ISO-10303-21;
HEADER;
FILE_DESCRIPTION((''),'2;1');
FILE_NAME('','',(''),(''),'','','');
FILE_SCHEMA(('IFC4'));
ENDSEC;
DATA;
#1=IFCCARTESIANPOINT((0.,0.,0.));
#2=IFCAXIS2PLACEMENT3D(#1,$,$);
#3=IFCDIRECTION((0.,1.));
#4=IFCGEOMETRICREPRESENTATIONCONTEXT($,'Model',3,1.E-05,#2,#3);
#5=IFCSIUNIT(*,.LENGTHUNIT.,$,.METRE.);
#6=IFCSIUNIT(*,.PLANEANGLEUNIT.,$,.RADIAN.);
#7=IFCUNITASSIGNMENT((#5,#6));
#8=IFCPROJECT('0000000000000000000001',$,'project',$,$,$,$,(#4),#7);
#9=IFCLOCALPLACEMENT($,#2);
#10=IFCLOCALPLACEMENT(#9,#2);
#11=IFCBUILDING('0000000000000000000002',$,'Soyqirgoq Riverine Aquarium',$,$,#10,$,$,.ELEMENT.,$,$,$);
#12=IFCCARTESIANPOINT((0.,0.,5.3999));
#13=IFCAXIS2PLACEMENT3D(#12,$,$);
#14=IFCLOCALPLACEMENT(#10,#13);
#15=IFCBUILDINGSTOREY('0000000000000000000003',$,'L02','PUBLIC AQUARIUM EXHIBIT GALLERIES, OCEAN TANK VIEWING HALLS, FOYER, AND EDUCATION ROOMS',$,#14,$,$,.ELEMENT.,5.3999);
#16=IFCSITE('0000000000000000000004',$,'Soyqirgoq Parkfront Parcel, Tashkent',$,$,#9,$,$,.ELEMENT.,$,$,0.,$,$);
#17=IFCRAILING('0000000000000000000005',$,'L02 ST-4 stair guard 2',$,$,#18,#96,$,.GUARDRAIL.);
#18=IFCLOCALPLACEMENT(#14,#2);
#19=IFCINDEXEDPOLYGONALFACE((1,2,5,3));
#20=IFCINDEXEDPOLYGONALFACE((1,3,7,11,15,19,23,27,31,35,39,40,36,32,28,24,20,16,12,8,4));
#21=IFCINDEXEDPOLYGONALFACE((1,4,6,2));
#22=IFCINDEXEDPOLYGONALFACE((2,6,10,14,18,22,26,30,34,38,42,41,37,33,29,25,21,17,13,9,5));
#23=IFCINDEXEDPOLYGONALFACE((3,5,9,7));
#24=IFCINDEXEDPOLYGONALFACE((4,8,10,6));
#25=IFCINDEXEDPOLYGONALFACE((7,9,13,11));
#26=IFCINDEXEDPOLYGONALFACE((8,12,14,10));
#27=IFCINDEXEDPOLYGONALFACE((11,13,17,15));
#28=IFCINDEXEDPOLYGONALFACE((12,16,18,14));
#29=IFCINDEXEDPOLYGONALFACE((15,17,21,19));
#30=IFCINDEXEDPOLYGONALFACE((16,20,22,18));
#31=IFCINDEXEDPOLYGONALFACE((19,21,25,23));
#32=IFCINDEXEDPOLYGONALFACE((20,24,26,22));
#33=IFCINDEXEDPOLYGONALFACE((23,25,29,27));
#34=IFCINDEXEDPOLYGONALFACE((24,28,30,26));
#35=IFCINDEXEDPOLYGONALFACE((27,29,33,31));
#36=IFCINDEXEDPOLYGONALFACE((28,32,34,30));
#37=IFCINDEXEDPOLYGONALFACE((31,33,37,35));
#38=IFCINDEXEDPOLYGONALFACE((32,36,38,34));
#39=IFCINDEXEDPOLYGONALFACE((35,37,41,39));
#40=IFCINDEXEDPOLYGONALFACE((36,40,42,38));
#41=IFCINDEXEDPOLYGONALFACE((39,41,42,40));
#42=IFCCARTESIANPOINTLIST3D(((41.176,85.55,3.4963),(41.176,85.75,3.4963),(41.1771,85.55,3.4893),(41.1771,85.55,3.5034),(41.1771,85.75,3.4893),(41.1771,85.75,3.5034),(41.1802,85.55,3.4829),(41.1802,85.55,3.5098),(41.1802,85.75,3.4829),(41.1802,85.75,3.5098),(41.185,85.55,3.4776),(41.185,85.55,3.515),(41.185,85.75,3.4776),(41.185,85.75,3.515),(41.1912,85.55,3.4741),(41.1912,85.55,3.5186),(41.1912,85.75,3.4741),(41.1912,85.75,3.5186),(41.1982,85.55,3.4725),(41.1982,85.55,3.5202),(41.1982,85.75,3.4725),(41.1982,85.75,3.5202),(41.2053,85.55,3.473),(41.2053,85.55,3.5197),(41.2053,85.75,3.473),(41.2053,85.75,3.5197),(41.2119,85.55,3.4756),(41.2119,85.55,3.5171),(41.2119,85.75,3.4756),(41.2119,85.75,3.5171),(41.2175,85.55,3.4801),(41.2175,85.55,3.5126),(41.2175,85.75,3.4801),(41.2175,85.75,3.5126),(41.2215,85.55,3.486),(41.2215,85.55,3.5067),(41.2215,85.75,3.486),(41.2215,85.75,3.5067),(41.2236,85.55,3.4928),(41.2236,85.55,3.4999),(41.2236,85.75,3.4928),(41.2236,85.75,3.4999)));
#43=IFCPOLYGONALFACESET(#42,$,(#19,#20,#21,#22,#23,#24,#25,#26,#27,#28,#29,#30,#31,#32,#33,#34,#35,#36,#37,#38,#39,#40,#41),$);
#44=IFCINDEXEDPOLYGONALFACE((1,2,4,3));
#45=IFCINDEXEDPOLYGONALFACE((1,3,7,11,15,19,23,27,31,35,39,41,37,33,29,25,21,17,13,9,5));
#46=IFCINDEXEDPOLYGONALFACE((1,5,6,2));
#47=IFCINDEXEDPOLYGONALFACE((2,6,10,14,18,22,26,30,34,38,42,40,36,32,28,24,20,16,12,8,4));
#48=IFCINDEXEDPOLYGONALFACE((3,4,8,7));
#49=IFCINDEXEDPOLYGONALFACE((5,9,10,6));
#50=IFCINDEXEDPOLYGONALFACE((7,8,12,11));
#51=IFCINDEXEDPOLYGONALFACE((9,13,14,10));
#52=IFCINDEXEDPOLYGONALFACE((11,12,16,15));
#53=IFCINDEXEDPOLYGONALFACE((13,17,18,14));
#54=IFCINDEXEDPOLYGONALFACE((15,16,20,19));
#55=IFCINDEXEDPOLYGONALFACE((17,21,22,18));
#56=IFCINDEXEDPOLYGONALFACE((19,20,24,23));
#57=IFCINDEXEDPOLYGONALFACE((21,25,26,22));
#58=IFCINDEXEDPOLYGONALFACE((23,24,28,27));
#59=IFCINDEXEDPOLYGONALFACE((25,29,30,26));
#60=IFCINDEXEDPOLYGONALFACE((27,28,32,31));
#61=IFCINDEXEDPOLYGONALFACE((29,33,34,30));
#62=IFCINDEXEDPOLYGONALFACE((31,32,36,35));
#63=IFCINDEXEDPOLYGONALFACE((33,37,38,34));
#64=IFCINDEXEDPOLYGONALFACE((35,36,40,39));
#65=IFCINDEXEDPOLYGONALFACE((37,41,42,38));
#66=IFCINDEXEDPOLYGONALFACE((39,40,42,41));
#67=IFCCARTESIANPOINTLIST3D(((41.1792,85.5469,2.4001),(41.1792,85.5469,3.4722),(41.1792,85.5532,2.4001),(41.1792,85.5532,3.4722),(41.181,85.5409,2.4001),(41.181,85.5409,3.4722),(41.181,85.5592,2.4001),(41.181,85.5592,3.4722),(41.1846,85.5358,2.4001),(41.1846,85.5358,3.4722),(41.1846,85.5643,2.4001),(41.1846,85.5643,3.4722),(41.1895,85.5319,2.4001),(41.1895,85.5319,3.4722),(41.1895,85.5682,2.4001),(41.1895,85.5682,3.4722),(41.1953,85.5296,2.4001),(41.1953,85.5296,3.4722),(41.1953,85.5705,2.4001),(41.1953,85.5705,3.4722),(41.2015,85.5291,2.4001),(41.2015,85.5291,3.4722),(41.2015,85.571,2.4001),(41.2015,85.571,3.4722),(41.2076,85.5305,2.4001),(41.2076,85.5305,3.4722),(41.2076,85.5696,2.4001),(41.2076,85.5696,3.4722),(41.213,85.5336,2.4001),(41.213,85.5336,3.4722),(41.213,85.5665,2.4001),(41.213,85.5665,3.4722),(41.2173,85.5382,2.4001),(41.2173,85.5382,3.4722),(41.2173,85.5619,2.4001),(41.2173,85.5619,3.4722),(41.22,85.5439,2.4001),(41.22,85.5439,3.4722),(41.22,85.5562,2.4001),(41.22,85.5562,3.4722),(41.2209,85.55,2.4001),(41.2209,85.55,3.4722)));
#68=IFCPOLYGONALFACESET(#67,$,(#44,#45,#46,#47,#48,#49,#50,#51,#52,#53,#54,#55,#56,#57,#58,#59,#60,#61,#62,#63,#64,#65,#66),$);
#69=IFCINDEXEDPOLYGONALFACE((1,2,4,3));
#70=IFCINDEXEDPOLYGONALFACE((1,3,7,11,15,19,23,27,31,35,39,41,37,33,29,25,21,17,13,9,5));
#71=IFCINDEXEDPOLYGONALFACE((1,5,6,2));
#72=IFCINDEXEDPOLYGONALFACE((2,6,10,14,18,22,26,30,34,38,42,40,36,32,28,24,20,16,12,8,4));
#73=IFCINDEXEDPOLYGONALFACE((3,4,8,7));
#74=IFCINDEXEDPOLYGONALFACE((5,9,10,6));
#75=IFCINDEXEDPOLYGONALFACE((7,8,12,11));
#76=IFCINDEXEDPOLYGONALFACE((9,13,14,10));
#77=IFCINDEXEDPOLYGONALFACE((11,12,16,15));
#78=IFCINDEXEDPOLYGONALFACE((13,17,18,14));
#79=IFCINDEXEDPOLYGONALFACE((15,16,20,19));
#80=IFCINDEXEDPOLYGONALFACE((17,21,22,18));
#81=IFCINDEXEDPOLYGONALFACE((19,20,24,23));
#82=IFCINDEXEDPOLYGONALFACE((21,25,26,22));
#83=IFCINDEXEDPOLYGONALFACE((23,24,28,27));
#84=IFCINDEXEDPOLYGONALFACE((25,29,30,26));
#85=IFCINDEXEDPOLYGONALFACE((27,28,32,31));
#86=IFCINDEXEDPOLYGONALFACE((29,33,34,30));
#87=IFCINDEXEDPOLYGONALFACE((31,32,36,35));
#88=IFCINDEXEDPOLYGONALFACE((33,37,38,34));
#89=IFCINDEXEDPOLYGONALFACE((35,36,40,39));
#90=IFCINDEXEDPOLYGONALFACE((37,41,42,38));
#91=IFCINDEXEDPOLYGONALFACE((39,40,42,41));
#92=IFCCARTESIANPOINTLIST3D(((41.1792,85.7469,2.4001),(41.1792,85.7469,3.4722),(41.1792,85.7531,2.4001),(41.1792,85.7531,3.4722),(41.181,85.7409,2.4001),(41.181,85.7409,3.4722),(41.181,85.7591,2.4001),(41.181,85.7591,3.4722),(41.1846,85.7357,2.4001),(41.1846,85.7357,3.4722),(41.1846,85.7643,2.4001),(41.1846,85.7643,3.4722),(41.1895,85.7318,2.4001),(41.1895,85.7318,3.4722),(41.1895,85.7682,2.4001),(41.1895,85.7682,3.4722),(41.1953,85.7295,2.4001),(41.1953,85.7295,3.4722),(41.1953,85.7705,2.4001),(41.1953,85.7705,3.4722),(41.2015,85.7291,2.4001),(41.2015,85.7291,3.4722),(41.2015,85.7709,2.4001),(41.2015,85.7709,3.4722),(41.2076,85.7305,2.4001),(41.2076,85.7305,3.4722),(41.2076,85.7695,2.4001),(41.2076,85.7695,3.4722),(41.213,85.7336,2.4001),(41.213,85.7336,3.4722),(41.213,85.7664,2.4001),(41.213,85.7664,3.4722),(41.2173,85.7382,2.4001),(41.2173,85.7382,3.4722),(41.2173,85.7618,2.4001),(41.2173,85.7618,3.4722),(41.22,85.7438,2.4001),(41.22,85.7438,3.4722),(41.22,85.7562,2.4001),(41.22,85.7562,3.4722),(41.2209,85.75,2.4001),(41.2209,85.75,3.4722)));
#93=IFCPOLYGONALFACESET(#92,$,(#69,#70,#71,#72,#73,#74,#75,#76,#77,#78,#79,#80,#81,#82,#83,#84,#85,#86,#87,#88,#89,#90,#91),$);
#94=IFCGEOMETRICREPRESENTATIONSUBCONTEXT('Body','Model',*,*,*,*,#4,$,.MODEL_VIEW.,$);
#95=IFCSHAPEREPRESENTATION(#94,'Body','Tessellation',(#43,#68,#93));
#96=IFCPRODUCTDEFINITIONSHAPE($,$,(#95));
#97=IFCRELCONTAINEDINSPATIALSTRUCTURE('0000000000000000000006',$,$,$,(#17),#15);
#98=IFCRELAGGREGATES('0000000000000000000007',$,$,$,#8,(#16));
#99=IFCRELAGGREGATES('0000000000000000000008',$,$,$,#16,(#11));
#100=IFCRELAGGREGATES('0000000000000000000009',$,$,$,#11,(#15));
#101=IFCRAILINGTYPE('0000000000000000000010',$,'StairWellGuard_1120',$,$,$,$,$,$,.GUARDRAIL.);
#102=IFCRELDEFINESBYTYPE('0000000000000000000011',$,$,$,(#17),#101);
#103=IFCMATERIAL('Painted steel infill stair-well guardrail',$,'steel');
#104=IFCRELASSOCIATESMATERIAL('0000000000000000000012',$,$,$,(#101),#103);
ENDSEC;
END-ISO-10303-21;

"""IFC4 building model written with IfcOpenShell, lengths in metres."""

from ifc_helpers import new_model, si_unit, direction, frame, origin, origin_2d, place, context, subcontext, project, spatial, circle, extrude, material, type_object, element, save


model = new_model("IFC4")

# Units and contexts
model_context = context("Model", 3, precision=1e-05, world=origin(), true_north=direction((0.0, 1.0)))
body_context = subcontext(model_context, "Body", "Model", "MODEL_VIEW")
ifc_project = project(units=[si_unit("LENGTHUNIT", "METRE"), si_unit("PLANEANGLEUNIT", "RADIAN")], contexts=[model_context])

# Site, building, storey
site_placement = place(None, origin())
site = spatial("IfcSite", under=ifc_project, at=site_placement, Name="Soyqirgoq Parkfront Parcel, Tashkent", CompositionType="ELEMENT", RefElevation=0.0)
building_placement = place(site_placement, origin())
building = spatial("IfcBuilding", under=site, at=building_placement, Name="Soyqirgoq Riverine Aquarium", CompositionType="ELEMENT")
storey_placement = place(building_placement, frame((0.0, 0.0, 5.3999)))
storey = spatial("IfcBuildingStorey", under=building, at=storey_placement, Name="L02", Description="PUBLIC AQUARIUM EXHIBIT GALLERIES, OCEAN TANK VIEWING HALLS, FOYER, AND EDUCATION ROOMS", CompositionType="ELEMENT", Elevation=5.3999)

# Railing
ifc_material_1 = material(Name="Painted steel infill stair-well guardrail", Category="steel")
railing_type_1 = type_object("IfcRailingType", Name="StairWellGuard_1120", PredefinedType="GUARDRAIL", material=ifc_material_1)
railing_1_placement = place(storey_placement, frame((41.2, 85.55, 2.4001)))
element("IfcRailing", 1, at=railing_1_placement, inside=storey, type_object=railing_type_1, Name="L02 ST-4 stair guard 2", PredefinedType="GUARDRAIL", context=body_context, shape_type="SweptSolid", body=[
    extrude(circle(Radius=0.0239, at=origin_2d()), frame((0.0, 0.0, 1.0962), z_axis=(0.0, 1.0, 0.0), x_axis=(-1.0, 0.0, 0.0)), (0.0, 0.0, 1.0), 0.2),
    extrude(circle(Radius=0.021, at=origin_2d()), origin(), (0.0, 0.0, 1.0), 1.072),
    extrude(circle(Radius=0.021, at=origin_2d()), frame((0.0, 0.2, 0.0)), (0.0, 0.0, 1.0), 1.072),
])

save(model, "model.ifc")
